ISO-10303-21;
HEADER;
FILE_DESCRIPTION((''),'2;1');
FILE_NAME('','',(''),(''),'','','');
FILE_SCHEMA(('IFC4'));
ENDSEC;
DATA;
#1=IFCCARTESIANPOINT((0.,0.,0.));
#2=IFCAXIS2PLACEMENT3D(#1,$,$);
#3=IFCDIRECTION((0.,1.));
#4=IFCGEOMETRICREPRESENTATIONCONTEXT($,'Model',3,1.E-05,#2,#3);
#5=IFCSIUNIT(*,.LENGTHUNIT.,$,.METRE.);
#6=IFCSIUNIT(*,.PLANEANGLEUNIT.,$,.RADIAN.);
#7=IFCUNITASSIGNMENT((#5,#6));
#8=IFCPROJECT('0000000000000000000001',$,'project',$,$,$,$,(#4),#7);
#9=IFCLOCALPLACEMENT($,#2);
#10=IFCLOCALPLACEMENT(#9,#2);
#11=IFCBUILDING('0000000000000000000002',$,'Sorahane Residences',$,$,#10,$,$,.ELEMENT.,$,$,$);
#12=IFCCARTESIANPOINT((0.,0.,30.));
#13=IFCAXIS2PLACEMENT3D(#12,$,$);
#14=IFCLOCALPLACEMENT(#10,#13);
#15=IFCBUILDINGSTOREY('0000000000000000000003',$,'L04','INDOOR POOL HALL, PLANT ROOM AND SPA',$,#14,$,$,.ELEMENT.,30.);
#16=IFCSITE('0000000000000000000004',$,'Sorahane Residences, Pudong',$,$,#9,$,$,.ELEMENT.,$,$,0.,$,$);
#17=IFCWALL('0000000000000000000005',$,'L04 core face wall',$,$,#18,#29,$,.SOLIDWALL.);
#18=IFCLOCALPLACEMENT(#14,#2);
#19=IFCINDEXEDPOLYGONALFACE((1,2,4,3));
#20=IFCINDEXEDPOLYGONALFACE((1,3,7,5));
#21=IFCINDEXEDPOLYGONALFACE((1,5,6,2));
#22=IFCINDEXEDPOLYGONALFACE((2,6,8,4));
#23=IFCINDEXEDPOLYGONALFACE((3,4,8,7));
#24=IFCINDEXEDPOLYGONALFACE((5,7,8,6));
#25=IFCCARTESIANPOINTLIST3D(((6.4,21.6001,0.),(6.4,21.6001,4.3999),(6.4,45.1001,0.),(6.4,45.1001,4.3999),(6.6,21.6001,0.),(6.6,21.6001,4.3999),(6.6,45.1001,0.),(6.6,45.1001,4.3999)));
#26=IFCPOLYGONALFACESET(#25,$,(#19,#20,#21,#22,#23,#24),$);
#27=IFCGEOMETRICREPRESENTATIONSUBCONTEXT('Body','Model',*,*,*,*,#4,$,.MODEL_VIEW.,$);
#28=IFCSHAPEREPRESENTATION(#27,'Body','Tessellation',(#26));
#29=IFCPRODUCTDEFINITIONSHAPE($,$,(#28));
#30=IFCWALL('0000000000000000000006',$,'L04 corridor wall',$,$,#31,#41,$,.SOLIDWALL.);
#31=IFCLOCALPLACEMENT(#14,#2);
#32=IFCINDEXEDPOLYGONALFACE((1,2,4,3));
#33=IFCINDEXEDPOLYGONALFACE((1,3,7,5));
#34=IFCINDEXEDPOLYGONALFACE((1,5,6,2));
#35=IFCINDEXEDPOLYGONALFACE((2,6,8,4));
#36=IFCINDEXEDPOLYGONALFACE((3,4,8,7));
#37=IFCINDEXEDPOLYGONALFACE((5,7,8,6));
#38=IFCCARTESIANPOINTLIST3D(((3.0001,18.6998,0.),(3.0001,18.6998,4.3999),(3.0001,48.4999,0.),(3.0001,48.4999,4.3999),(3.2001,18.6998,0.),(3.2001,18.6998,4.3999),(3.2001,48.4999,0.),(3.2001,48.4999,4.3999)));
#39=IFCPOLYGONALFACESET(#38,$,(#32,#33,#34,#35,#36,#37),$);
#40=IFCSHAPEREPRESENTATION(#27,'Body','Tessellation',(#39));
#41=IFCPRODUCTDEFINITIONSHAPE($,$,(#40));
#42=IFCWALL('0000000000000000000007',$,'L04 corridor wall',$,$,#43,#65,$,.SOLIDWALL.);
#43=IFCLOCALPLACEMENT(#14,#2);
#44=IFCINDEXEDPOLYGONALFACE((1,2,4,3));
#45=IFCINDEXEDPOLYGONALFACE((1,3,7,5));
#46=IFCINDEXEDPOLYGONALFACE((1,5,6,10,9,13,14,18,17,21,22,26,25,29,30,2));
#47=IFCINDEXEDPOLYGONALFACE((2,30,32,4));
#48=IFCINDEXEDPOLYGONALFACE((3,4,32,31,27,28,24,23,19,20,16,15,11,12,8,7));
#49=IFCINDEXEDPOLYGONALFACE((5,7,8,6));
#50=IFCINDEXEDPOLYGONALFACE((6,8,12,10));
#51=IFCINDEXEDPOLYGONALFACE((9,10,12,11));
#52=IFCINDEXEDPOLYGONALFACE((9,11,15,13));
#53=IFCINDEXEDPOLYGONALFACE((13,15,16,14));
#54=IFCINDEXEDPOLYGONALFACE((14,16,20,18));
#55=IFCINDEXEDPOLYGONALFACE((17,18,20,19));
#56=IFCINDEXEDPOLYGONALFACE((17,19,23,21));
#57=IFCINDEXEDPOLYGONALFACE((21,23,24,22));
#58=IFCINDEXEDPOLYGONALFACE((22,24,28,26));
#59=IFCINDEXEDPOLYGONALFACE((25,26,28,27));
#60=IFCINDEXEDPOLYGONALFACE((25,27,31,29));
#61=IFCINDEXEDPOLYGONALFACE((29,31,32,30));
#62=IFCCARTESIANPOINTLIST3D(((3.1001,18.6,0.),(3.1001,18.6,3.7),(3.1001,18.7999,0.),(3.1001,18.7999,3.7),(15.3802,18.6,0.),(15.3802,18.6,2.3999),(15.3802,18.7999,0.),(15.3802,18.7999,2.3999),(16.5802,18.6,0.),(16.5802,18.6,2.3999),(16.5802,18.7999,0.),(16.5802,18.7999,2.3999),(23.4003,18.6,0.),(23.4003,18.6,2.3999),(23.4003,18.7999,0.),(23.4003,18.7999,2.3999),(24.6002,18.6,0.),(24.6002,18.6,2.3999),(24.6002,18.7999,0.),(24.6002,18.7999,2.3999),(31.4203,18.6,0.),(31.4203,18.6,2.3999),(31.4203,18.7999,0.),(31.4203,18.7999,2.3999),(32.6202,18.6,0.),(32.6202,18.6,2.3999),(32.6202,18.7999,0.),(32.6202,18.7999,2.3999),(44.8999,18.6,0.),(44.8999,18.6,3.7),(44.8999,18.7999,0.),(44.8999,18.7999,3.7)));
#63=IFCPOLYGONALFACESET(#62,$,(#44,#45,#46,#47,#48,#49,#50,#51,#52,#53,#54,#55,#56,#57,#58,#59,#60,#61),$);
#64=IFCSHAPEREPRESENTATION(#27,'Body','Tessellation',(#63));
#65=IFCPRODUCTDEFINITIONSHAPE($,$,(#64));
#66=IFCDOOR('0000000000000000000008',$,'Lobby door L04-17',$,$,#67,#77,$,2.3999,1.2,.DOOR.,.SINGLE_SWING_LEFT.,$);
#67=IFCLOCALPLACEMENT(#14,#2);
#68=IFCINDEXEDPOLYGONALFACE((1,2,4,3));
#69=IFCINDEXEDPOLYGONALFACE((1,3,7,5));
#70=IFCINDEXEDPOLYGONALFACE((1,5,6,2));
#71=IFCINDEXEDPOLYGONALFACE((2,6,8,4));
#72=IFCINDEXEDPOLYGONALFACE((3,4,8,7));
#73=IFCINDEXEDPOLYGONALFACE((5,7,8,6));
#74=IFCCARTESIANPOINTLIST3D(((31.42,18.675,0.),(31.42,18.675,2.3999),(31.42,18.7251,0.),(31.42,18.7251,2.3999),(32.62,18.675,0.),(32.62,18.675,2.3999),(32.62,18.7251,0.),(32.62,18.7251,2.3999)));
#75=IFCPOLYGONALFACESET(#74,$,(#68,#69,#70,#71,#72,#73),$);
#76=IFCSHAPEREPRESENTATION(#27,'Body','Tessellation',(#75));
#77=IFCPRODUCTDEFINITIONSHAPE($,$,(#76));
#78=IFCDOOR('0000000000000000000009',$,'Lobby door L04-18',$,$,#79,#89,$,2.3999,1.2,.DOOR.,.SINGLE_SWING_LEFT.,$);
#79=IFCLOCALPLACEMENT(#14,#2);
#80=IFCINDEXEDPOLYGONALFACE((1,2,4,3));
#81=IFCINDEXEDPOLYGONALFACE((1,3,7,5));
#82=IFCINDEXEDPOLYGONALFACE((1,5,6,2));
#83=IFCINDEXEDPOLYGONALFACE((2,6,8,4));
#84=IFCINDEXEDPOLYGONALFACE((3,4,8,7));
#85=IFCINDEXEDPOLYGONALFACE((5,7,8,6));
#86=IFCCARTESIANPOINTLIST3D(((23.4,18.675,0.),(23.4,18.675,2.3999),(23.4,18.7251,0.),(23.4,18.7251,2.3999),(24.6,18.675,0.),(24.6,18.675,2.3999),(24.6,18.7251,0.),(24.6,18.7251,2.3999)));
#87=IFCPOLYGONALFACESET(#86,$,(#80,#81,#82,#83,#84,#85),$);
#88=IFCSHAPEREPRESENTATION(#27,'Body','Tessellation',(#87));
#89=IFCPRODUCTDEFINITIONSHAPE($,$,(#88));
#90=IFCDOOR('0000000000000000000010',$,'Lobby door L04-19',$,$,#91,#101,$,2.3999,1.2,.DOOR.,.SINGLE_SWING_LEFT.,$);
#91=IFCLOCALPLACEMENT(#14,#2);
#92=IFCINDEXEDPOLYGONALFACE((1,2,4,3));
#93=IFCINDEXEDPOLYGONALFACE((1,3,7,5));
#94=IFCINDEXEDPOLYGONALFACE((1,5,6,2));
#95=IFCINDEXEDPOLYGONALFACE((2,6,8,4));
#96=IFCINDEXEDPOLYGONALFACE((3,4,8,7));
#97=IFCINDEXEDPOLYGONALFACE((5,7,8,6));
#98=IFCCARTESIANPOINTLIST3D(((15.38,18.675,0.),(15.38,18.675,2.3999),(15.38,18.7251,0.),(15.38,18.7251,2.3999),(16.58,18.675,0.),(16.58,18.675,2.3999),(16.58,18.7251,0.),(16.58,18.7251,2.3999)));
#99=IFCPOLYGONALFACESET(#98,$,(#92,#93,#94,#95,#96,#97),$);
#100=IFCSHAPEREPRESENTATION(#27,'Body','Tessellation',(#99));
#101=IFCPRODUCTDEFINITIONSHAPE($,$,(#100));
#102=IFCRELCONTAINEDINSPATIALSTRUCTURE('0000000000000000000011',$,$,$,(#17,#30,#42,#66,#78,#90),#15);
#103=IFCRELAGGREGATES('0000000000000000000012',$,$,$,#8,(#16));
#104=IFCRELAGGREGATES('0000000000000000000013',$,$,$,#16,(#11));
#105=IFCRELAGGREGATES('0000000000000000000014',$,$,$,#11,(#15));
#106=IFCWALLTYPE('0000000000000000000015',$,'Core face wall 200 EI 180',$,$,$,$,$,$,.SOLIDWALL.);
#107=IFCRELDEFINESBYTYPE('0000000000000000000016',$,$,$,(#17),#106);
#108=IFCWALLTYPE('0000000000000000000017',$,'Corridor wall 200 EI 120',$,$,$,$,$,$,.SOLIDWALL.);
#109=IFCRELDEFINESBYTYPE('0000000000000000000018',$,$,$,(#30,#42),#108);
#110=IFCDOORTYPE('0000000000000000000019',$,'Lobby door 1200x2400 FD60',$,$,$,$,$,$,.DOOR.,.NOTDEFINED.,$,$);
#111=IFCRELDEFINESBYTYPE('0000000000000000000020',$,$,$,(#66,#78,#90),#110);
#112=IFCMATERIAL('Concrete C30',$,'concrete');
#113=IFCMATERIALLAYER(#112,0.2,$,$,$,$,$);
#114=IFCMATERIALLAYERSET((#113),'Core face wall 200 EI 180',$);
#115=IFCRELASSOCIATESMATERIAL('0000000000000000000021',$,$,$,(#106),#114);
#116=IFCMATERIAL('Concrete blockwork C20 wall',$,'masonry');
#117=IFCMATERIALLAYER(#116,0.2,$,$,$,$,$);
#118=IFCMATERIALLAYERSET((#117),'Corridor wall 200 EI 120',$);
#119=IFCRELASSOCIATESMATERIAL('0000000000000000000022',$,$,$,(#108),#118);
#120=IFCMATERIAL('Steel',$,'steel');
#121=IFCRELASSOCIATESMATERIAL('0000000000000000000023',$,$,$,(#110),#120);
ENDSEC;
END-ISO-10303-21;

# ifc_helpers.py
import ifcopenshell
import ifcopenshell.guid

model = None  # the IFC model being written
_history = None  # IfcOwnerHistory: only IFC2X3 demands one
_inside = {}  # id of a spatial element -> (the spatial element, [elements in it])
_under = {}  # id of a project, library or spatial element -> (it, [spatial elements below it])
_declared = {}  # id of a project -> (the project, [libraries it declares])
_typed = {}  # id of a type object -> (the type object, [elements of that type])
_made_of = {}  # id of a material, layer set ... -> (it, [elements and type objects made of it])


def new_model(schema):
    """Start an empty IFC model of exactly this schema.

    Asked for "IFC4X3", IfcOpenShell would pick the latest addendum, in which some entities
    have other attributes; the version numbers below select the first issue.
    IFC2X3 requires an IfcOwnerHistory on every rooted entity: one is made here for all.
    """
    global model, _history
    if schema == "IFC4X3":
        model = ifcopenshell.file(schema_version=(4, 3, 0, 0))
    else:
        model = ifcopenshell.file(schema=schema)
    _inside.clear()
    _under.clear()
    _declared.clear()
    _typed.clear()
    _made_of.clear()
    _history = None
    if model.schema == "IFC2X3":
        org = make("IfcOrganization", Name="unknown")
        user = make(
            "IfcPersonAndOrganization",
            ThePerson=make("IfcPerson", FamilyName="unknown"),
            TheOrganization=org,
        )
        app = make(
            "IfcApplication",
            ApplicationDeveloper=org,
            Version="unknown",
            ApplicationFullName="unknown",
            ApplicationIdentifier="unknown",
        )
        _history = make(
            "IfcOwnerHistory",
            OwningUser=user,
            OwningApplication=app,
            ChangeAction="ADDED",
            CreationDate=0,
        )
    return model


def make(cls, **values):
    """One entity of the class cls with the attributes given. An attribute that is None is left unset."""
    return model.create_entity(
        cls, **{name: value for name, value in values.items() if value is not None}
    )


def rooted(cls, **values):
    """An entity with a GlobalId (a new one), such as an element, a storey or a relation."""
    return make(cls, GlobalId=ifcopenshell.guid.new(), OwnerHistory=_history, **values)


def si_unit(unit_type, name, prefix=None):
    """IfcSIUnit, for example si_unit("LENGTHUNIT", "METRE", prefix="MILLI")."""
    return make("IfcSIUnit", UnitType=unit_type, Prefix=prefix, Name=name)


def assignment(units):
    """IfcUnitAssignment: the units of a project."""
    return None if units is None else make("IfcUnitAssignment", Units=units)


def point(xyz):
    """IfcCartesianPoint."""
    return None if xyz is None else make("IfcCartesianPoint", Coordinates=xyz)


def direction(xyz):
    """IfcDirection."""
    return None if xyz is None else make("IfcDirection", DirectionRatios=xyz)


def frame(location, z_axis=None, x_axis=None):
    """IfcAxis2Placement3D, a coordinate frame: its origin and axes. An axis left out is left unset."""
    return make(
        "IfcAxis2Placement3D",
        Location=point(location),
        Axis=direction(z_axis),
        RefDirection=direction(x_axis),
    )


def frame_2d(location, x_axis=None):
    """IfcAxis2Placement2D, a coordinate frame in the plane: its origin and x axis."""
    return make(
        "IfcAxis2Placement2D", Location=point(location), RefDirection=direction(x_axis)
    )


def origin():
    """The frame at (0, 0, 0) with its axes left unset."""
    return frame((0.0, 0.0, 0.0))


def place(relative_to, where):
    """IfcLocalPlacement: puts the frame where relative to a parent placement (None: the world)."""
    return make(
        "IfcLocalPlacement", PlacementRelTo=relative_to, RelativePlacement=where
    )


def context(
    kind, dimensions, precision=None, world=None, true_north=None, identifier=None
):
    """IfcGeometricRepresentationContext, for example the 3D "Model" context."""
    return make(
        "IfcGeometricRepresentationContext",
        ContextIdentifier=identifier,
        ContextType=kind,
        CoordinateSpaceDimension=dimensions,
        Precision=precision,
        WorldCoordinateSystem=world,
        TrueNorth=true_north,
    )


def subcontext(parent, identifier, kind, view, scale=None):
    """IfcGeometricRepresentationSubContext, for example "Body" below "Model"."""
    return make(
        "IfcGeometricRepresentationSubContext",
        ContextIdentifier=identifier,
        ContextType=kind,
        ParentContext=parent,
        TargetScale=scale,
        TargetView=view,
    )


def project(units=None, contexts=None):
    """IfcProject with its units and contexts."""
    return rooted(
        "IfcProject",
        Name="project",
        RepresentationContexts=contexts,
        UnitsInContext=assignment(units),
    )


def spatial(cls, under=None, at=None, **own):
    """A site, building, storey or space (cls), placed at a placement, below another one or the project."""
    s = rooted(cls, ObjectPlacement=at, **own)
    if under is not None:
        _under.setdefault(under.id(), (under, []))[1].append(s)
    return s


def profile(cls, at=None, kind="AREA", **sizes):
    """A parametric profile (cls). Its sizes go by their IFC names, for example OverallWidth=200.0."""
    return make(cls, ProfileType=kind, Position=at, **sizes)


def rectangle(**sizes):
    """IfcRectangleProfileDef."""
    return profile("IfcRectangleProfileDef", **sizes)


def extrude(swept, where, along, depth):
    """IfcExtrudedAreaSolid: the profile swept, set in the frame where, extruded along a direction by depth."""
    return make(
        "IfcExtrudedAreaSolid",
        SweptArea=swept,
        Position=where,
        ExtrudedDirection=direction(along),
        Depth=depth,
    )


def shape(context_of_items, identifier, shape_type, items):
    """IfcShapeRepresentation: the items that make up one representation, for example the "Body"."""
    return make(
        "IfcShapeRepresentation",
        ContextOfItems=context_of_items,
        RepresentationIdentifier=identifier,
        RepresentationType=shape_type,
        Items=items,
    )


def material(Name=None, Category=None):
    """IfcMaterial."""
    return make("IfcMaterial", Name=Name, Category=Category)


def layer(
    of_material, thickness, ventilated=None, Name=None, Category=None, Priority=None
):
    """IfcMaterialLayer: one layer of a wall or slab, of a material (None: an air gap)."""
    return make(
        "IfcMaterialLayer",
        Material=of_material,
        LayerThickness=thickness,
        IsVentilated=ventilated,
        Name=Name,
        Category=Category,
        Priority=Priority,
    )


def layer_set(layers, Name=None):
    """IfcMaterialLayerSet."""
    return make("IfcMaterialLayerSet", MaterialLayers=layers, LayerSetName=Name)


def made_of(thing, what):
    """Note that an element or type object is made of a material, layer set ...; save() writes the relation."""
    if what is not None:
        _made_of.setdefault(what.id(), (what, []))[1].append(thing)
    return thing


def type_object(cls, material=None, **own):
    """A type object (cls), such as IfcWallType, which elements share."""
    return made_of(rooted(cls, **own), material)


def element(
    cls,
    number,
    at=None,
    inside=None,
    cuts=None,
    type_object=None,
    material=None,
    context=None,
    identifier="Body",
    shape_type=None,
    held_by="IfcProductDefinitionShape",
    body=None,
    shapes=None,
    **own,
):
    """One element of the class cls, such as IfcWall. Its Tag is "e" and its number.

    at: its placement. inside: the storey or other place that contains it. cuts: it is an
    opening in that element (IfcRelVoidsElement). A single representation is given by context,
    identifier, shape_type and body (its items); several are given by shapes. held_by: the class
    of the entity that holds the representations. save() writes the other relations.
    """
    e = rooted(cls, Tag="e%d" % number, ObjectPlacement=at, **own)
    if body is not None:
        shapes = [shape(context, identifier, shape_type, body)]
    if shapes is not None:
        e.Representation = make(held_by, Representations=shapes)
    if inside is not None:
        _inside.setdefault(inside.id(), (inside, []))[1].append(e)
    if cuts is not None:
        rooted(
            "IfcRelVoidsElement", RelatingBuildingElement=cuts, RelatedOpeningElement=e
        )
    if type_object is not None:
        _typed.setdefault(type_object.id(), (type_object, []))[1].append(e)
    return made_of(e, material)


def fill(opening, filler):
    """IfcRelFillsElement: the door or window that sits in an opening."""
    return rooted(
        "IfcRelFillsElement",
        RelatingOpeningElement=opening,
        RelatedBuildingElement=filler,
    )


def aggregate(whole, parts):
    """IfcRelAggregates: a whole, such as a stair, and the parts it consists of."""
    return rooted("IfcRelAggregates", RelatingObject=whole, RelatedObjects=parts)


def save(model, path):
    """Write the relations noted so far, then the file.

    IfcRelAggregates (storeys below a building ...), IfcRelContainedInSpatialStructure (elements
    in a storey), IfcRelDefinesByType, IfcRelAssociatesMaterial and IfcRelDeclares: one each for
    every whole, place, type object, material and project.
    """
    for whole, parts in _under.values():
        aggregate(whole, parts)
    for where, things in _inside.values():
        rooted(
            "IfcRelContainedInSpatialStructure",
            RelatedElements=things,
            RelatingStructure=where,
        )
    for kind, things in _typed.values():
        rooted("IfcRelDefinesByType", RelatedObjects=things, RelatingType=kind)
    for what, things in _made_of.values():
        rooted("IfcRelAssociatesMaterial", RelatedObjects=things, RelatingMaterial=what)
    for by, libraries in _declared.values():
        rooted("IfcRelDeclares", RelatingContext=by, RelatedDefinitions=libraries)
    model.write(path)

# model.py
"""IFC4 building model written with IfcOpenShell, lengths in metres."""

from ifc_helpers import new_model, si_unit, direction, frame, frame_2d, origin, place, context, subcontext, project, spatial, rectangle, extrude, material, layer, layer_set, type_object, element, fill, save


model = new_model("IFC4")

# Units and contexts
model_context = context("Model", 3, precision=1e-05, world=origin(), true_north=direction((0.0, 1.0)))
body_context = subcontext(model_context, "Body", "Model", "MODEL_VIEW")
ifc_project = project(units=[si_unit("LENGTHUNIT", "METRE"), si_unit("PLANEANGLEUNIT", "RADIAN")], contexts=[model_context])

# Site, building, storey
site_placement = place(None, origin())
site = spatial("IfcSite", under=ifc_project, at=site_placement, Name="Sorahane Residences, Pudong", CompositionType="ELEMENT", RefElevation=0.0)
building_placement = place(site_placement, origin())
building = spatial("IfcBuilding", under=site, at=building_placement, Name="Sorahane Residences", CompositionType="ELEMENT")
storey_placement = place(building_placement, frame((0.0, 0.0, 30.0)))
storey = spatial("IfcBuildingStorey", under=building, at=storey_placement, Name="L04", Description="INDOOR POOL HALL, PLANT ROOM AND SPA", CompositionType="ELEMENT", Elevation=30.0)

# Walls
ifc_material_1 = material(Name="Concrete C30", Category="concrete")
ifc_layer_1 = layer(ifc_material_1, 0.2)
ifc_layer_set_1 = layer_set([ifc_layer_1], Name="Core face wall 200 EI 180")
wall_type_1 = type_object("IfcWallType", Name="Core face wall 200 EI 180", PredefinedType="SOLIDWALL", material=ifc_layer_set_1)
wall_1_placement = place(storey_placement, frame((6.5, 21.6001, 0.0), z_axis=(0.0, 0.0, 1.0), x_axis=(0.0, 1.0, 0.0)))
element("IfcWall", 1, at=wall_1_placement, inside=storey, type_object=wall_type_1, Name="L04 core face wall", PredefinedType="SOLIDWALL", context=body_context, shape_type="SweptSolid", body=[
    extrude(rectangle(XDim=23.5, YDim=0.2, at=frame_2d((11.75, 0.0))), origin(), (0.0, 0.0, 1.0), 4.3999),
])
ifc_material_2 = material(Name="Concrete blockwork C20 wall", Category="masonry")
ifc_layer_2 = layer(ifc_material_2, 0.2)
ifc_layer_set_2 = layer_set([ifc_layer_2], Name="Corridor wall 200 EI 120")
wall_type_2 = type_object("IfcWallType", Name="Corridor wall 200 EI 120", PredefinedType="SOLIDWALL", material=ifc_layer_set_2)
wall_2_placement = place(storey_placement, frame((3.1001, 18.7, 0.0), z_axis=(0.0, 0.0, 1.0), x_axis=(0.0, 1.0, 0.0)))
element("IfcWall", 2, at=wall_2_placement, inside=storey, type_object=wall_type_2, Name="L04 corridor wall", PredefinedType="SOLIDWALL", context=body_context, shape_type="SweptSolid", body=[
    extrude(rectangle(XDim=29.8, YDim=0.2, at=frame_2d((14.8999, 0.0))), origin(), (0.0, 0.0, 1.0), 4.3999),
])

# Wall, openings, doors
wall_3_placement = place(storey_placement, frame((3.1001, 18.7, 0.0), z_axis=(0.0, 0.0, 1.0), x_axis=(1.0, 0.0, 0.0)))
wall_3 = element("IfcWall", 3, at=wall_3_placement, inside=storey, type_object=wall_type_2, Name="L04 corridor wall", PredefinedType="SOLIDWALL", context=body_context, shape_type="SweptSolid", body=[
    extrude(rectangle(XDim=41.7998, YDim=0.2, at=frame_2d((20.8999, 0.0))), origin(), (0.0, 0.0, 1.0), 3.7),
])
opening_1_placement = place(wall_3_placement, frame((28.3201, 0.0, 0.0)))
opening_1 = element("IfcOpeningElement", 4, at=opening_1_placement, cuts=wall_3, PredefinedType="OPENING", context=body_context, shape_type="SweptSolid", body=[
    extrude(rectangle(XDim=1.2, YDim=2.3999, at=frame_2d((0.6001, 1.2))), frame((0.0, 0.1099, 0.0), z_axis=(0.0, -1.0, 0.0), x_axis=(1.0, 0.0, 0.0)), (0.0, 0.0, 1.0), 0.22),
])
opening_2_placement = place(wall_3_placement, frame((20.3, 0.0, 0.0)))
opening_2 = element("IfcOpeningElement", 5, at=opening_2_placement, cuts=wall_3, PredefinedType="OPENING", context=body_context, shape_type="SweptSolid", body=[
    extrude(rectangle(XDim=1.2, YDim=2.3999, at=frame_2d((0.6001, 1.2))), frame((0.0, 0.1099, 0.0), z_axis=(0.0, -1.0, 0.0), x_axis=(1.0, 0.0, 0.0)), (0.0, 0.0, 1.0), 0.22),
])
opening_3_placement = place(wall_3_placement, frame((12.28, 0.0, 0.0)))
opening_3 = element("IfcOpeningElement", 6, at=opening_3_placement, cuts=wall_3, PredefinedType="OPENING", context=body_context, shape_type="SweptSolid", body=[
    extrude(rectangle(XDim=1.2, YDim=2.3999, at=frame_2d((0.6001, 1.2))), frame((0.0, 0.1099, 0.0), z_axis=(0.0, -1.0, 0.0), x_axis=(1.0, 0.0, 0.0)), (0.0, 0.0, 1.0), 0.22),
])
ifc_material_3 = material(Name="Steel", Category="steel")
door_type_1 = type_object("IfcDoorType", Name="Lobby door 1200x2400 FD60", OperationType="NOTDEFINED", PredefinedType="DOOR", material=ifc_material_3)
door_1_placement = place(opening_1_placement, frame((1.2, 0.0, 0.0), z_axis=(0.0, 0.0, 1.0), x_axis=(-1.0, 0.0, 0.0)))
door_1 = element("IfcDoor", 7, at=door_1_placement, inside=storey, type_object=door_type_1, Name="Lobby door L04-17", OperationType="SINGLE_SWING_LEFT", OverallHeight=2.3999, OverallWidth=1.2, PredefinedType="DOOR", context=body_context, shape_type="SweptSolid", body=[
    extrude(rectangle(XDim=1.2, YDim=2.3999, at=frame_2d((0.6001, 1.2))), frame((0.0, 0.0249, 0.0), z_axis=(0.0, -1.0, 0.0), x_axis=(1.0, 0.0, 0.0)), (0.0, 0.0, 1.0), 0.05),
])
fill(opening_1, door_1)
door_2_placement = place(opening_2_placement, frame((1.2, 0.0, 0.0), z_axis=(0.0, 0.0, 1.0), x_axis=(-1.0, 0.0, 0.0)))
door_2 = element("IfcDoor", 8, at=door_2_placement, inside=storey, type_object=door_type_1, Name="Lobby door L04-18", OperationType="SINGLE_SWING_LEFT", OverallHeight=2.3999, OverallWidth=1.2, PredefinedType="DOOR", context=body_context, shape_type="SweptSolid", body=[
    extrude(rectangle(XDim=1.2, YDim=2.3999, at=frame_2d((0.6001, 1.2))), frame((0.0, 0.0249, 0.0), z_axis=(0.0, -1.0, 0.0), x_axis=(1.0, 0.0, 0.0)), (0.0, 0.0, 1.0), 0.05),
])
fill(opening_2, door_2)
door_3_placement = place(opening_3_placement, frame((1.2, 0.0, 0.0), z_axis=(0.0, 0.0, 1.0), x_axis=(-1.0, 0.0, 0.0)))
door_3 = element("IfcDoor", 9, at=door_3_placement, inside=storey, type_object=door_type_1, Name="Lobby door L04-19", OperationType="SINGLE_SWING_LEFT", OverallHeight=2.3999, OverallWidth=1.2, PredefinedType="DOOR", context=body_context, shape_type="SweptSolid", body=[
    extrude(rectangle(XDim=1.2, YDim=2.3999, at=frame_2d((0.6001, 1.2))), frame((0.0, 0.0249, 0.0), z_axis=(0.0, -1.0, 0.0), x_axis=(1.0, 0.0, 0.0)), (0.0, 0.0, 1.0), 0.05),
])
fill(opening_3, door_3)

save(model, "model.ifc")
